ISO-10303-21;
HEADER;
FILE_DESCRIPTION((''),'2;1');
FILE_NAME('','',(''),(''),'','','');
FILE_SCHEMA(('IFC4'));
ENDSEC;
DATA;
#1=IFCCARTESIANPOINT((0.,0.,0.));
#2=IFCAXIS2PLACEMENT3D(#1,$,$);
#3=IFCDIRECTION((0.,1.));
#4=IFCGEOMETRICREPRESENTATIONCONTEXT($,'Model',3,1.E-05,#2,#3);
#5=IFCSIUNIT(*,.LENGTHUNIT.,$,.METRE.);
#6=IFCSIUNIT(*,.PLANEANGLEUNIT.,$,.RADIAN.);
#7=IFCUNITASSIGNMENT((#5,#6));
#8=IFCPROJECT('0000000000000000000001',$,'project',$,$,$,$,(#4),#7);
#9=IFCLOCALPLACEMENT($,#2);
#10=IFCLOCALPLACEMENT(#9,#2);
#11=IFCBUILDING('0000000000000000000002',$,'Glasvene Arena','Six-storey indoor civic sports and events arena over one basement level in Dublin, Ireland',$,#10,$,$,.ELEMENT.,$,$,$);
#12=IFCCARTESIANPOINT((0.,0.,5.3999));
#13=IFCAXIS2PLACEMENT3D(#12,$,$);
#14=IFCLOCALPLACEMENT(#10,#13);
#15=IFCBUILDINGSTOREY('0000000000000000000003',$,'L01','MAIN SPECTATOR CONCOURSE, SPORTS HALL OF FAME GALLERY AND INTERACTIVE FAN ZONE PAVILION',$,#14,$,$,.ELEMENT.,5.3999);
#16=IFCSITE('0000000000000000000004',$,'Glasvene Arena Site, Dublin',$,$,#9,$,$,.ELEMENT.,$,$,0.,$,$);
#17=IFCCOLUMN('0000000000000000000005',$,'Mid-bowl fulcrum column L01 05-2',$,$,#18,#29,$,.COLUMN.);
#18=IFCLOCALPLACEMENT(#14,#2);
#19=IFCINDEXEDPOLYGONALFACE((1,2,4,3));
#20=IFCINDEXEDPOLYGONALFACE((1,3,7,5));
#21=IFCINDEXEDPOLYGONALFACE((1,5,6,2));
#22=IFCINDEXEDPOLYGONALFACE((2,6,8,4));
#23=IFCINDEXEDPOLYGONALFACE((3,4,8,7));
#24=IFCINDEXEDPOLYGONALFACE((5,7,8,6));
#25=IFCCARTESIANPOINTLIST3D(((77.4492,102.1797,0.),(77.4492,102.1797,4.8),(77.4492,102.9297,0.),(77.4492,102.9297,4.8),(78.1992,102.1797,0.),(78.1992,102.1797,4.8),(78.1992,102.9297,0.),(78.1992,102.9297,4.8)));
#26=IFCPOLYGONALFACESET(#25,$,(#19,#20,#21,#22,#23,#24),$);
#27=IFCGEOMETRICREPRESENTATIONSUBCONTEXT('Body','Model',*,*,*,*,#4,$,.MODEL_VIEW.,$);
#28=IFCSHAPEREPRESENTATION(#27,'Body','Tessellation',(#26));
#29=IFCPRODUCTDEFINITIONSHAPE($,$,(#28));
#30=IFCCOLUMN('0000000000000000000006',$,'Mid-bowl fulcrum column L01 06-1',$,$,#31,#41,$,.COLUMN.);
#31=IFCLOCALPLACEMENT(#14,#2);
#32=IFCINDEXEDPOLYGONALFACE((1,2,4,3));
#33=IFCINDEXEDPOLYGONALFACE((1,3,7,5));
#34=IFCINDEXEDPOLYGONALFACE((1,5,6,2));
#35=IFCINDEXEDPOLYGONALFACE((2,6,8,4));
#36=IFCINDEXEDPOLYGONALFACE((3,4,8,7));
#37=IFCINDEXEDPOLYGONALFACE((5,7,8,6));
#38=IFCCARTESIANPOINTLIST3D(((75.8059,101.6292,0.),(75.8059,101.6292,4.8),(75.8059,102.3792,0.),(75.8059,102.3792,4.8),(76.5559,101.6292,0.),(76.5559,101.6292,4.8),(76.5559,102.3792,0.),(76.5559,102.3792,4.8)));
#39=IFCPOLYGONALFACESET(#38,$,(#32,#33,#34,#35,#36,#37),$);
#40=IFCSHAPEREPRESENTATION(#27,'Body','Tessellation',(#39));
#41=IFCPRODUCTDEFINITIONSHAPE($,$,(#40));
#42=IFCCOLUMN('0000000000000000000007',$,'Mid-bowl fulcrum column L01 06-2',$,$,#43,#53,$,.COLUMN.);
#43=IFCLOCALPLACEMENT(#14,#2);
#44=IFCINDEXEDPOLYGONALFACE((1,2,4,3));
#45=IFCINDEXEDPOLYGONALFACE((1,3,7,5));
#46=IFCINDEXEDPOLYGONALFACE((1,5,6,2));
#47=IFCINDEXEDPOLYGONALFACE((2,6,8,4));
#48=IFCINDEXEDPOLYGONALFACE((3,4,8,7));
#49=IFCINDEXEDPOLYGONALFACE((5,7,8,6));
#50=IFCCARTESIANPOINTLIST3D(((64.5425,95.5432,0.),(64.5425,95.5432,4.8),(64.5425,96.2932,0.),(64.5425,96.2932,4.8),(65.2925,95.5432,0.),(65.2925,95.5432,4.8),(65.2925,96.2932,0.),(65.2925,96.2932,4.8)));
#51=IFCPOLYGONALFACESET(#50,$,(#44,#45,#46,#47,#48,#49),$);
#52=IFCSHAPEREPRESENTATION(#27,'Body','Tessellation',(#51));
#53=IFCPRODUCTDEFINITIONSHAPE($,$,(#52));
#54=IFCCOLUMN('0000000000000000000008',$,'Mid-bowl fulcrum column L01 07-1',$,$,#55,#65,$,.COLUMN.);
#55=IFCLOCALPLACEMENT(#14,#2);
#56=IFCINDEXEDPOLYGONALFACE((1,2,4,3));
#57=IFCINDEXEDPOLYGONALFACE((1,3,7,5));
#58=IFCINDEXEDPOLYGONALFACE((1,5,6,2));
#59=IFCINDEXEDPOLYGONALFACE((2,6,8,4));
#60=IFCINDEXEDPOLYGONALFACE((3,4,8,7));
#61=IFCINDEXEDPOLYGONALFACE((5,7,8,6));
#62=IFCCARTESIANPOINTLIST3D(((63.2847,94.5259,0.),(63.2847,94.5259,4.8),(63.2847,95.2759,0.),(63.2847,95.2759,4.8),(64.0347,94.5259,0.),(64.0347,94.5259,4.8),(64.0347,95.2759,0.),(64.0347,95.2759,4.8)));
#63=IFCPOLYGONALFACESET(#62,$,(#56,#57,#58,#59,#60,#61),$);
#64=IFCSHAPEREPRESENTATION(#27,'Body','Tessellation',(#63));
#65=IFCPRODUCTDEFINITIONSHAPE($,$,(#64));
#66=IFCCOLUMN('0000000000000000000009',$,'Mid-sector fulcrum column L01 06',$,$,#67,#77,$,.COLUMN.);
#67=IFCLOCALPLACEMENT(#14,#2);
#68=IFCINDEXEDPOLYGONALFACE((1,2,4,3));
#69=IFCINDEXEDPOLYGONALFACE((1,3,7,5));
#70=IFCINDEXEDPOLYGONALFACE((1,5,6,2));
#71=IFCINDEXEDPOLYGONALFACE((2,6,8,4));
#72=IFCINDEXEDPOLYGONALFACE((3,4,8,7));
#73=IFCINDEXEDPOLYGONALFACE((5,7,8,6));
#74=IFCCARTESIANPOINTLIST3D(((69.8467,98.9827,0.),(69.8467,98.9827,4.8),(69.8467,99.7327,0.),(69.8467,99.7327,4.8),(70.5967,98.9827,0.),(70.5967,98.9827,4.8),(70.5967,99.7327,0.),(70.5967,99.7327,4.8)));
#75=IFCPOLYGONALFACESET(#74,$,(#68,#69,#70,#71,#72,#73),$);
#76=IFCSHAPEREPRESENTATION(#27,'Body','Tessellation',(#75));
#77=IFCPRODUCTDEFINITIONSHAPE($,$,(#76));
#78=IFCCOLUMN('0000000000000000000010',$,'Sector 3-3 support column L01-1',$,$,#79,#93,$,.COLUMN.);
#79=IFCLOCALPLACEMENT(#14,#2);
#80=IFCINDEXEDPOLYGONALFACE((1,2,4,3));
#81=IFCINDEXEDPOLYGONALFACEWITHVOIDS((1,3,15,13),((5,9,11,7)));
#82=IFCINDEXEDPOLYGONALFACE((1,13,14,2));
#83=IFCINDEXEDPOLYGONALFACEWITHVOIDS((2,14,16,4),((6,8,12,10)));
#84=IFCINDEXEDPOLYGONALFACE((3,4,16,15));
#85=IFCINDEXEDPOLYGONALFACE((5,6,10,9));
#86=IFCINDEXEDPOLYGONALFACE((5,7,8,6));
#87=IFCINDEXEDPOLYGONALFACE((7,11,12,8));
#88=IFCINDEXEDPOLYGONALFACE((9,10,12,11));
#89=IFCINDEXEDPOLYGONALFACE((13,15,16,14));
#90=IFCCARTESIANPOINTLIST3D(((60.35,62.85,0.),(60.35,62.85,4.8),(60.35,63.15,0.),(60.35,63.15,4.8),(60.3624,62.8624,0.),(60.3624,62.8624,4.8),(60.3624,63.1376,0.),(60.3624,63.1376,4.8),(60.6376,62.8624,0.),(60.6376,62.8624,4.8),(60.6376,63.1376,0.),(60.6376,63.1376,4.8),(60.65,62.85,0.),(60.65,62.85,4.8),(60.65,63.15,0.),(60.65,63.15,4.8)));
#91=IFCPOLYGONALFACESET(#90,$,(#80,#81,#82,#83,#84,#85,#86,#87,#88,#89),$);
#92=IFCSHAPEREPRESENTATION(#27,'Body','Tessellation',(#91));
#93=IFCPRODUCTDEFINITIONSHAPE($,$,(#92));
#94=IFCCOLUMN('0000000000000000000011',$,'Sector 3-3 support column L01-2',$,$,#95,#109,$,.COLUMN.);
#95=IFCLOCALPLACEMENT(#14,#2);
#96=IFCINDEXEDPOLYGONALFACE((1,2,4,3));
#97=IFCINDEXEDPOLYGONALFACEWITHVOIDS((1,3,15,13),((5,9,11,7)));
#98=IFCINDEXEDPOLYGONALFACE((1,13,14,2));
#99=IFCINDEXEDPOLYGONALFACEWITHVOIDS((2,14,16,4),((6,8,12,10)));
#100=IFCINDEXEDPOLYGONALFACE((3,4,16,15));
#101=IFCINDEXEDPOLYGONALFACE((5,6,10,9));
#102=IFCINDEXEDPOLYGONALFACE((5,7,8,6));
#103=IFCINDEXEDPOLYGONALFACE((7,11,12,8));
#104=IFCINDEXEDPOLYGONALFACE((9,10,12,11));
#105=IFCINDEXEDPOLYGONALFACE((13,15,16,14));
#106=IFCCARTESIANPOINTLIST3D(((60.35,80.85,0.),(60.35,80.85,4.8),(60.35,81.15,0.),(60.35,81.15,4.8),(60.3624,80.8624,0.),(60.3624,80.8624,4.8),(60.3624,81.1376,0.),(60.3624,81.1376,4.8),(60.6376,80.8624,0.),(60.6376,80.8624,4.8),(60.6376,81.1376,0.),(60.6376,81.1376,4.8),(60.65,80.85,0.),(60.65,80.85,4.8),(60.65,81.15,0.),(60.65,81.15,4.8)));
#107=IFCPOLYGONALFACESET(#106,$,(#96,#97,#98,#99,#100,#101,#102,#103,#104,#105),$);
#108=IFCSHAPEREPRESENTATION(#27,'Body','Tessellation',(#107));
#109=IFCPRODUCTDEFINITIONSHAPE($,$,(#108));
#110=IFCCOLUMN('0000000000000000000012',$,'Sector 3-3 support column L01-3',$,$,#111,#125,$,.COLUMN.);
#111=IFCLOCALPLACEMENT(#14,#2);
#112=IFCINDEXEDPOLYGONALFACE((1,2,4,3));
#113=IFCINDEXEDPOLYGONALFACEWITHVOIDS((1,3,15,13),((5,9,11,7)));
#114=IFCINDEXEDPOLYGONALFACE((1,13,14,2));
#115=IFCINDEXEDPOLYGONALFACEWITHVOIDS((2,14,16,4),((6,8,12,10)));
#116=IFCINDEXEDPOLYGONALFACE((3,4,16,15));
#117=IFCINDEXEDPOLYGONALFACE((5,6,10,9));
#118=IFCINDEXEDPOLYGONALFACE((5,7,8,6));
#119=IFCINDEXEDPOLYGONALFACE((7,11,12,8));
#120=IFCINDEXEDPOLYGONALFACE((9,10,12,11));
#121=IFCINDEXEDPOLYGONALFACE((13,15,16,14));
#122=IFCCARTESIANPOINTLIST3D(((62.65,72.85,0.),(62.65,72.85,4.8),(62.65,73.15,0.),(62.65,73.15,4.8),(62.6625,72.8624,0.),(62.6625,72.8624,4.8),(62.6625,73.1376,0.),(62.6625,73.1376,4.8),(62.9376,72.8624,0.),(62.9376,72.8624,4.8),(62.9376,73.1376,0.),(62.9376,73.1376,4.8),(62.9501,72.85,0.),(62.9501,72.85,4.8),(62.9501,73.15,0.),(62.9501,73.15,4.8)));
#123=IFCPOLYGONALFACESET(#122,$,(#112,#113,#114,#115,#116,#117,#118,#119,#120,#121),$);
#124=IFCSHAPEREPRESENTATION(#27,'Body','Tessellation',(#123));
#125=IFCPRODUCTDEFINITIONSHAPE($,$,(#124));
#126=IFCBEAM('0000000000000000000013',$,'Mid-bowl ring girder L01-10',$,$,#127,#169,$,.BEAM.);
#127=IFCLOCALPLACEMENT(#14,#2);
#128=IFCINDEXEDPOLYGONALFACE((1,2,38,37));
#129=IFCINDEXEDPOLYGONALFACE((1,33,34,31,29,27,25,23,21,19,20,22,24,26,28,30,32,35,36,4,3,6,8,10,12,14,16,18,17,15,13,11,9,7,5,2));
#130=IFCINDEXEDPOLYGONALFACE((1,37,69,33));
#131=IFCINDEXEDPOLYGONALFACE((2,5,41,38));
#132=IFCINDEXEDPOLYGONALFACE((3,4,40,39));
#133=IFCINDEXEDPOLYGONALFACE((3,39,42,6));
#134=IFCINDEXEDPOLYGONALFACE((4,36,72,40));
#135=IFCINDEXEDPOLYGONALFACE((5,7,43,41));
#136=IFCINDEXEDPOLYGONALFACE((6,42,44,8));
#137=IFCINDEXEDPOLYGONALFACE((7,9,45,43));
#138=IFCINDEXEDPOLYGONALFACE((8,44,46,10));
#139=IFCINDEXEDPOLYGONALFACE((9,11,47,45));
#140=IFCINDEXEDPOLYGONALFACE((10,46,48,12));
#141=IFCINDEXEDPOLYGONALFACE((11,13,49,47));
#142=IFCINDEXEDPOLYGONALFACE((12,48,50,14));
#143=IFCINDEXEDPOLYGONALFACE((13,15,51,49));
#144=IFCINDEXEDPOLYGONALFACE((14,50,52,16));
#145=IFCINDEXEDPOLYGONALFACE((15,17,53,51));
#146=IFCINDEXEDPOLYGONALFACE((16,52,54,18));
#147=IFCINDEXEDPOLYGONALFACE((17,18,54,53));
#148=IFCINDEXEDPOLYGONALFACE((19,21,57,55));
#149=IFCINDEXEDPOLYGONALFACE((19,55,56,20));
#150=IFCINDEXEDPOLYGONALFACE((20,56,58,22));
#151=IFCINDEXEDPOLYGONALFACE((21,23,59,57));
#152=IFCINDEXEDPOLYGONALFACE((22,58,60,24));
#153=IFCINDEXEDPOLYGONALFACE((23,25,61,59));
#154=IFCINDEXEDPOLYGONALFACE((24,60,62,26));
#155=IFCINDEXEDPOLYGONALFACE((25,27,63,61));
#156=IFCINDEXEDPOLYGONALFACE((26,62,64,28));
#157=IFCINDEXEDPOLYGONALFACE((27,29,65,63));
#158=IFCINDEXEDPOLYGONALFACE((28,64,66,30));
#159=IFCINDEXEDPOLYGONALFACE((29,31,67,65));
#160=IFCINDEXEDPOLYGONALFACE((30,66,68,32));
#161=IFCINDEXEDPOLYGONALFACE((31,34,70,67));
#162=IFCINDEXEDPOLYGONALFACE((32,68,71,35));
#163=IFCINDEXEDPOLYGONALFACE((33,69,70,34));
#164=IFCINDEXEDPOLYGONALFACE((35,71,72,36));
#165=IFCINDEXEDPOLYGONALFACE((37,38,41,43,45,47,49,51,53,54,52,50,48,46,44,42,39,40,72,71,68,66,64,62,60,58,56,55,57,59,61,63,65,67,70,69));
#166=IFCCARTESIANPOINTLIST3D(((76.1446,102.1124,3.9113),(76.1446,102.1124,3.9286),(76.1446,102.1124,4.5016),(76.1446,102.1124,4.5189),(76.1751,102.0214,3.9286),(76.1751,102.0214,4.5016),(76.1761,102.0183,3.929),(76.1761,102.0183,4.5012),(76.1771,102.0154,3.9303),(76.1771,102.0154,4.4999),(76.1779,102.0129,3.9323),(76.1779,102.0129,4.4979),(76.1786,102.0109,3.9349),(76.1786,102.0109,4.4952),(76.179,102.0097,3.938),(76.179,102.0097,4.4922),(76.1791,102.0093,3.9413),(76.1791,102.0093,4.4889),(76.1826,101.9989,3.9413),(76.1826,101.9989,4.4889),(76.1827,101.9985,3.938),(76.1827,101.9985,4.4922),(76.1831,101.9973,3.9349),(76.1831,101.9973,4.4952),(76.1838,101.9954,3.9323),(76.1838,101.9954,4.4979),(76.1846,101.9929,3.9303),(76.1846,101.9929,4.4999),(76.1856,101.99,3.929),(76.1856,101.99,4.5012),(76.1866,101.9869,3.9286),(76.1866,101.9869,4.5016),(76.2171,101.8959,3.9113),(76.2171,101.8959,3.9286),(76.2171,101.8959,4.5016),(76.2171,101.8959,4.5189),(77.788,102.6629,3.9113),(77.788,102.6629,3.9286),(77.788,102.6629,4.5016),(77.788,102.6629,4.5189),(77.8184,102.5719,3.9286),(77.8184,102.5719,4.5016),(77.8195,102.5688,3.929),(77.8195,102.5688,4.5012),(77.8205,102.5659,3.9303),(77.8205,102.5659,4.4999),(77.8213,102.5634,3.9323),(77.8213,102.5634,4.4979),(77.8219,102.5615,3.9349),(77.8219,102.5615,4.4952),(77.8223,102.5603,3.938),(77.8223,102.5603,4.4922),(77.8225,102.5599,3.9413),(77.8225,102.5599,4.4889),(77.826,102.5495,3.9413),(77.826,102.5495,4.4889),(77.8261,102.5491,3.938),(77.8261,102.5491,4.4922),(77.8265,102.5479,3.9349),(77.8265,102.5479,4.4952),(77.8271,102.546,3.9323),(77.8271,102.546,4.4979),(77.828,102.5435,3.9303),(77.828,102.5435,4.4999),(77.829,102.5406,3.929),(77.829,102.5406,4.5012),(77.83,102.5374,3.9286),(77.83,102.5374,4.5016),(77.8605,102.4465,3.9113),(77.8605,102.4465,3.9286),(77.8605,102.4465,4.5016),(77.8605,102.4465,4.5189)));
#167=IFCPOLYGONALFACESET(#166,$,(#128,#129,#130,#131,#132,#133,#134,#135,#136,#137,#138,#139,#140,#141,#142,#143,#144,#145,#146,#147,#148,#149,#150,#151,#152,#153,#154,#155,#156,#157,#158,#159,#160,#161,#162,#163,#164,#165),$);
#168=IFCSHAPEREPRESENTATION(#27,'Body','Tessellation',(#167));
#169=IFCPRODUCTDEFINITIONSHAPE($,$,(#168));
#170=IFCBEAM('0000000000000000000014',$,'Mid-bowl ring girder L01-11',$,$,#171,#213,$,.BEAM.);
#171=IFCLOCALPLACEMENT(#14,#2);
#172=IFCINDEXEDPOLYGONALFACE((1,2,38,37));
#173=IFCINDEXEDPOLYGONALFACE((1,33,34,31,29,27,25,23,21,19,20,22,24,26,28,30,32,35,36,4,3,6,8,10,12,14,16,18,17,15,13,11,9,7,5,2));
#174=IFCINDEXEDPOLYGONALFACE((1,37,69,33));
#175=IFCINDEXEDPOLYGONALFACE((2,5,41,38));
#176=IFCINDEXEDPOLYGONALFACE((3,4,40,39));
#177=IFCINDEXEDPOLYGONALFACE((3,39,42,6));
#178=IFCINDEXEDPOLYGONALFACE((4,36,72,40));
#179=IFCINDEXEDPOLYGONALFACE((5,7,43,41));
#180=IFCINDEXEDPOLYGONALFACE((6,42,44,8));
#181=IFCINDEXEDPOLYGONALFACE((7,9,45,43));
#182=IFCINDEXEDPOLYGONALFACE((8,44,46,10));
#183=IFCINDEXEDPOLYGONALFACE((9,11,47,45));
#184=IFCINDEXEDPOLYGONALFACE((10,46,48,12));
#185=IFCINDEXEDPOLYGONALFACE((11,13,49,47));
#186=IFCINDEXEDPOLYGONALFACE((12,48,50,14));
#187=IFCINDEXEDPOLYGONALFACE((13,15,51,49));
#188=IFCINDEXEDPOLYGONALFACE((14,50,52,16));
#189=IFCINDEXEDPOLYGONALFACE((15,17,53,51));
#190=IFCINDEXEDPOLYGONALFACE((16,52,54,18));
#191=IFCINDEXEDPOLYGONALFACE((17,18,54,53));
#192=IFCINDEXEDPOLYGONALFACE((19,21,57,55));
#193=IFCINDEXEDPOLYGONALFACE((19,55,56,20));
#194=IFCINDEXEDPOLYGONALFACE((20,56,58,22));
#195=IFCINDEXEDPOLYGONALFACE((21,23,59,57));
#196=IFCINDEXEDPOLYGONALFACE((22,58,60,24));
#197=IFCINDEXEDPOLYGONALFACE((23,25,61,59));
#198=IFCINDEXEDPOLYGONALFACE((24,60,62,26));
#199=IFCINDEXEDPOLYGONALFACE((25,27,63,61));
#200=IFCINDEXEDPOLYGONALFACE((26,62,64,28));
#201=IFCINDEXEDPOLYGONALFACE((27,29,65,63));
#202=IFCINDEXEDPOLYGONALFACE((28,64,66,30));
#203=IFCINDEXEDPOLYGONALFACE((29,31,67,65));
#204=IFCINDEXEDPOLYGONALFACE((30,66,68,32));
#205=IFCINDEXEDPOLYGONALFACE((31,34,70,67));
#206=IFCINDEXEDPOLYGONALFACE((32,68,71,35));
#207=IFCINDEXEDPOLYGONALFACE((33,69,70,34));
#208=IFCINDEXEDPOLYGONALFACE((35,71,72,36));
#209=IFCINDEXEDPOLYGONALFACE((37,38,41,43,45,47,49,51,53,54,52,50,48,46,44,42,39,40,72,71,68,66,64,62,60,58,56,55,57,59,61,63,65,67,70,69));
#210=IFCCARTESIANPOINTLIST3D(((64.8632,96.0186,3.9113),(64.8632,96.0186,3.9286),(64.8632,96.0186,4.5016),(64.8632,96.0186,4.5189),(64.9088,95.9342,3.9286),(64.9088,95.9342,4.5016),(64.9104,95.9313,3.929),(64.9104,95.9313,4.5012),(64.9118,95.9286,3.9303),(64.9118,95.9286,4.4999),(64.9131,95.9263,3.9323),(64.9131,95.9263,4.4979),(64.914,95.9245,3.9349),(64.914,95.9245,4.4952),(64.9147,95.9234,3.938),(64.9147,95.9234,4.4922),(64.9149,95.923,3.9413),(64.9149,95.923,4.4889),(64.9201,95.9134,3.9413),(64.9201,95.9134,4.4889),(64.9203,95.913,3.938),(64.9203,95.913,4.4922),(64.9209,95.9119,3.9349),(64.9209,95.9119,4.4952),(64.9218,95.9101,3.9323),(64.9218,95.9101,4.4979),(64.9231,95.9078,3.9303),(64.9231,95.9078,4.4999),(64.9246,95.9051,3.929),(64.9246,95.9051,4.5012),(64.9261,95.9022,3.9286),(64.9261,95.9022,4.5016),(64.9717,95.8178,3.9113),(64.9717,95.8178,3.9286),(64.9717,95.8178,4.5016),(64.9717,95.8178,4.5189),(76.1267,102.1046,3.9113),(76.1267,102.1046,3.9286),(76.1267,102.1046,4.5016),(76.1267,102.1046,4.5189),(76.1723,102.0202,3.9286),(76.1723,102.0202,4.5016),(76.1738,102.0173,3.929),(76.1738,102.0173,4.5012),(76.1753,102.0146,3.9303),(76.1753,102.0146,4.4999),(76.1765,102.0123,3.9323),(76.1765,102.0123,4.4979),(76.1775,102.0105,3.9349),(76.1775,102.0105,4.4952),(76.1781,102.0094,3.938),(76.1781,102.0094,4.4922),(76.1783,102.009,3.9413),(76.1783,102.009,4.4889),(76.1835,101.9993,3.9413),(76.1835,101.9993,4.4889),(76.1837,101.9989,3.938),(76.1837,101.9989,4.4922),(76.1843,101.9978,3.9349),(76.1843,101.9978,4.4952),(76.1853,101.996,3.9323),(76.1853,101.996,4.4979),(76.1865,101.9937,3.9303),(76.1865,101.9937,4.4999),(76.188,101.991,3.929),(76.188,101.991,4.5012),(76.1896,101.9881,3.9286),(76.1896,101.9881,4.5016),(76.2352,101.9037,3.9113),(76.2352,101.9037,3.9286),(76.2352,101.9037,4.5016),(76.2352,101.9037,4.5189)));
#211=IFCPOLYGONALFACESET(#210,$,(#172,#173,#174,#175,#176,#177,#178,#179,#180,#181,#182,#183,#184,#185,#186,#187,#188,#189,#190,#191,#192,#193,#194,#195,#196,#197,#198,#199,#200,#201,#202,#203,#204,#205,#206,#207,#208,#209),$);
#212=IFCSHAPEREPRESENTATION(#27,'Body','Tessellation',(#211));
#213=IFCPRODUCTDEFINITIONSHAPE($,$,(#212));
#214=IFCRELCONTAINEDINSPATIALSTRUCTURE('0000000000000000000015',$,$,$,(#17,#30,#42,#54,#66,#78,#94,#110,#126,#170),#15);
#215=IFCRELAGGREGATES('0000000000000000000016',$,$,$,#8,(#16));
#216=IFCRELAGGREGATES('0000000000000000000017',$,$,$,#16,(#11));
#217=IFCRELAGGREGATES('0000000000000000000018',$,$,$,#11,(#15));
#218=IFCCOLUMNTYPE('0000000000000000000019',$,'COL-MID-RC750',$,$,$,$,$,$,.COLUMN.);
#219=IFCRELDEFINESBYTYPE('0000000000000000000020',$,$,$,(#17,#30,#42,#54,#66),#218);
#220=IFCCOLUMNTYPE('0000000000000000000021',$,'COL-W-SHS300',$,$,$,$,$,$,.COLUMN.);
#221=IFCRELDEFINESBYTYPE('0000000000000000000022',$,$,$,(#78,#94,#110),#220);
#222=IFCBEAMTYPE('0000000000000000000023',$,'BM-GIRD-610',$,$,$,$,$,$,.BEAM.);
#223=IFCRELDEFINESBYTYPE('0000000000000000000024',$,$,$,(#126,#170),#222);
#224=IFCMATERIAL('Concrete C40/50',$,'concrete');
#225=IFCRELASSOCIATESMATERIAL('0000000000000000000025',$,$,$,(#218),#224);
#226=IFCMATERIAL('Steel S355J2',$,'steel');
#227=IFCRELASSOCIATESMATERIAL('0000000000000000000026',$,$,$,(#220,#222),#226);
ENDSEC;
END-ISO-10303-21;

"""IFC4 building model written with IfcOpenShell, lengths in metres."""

from ifc_helpers import new_model, si_unit, direction, frame, origin, origin_2d, place, context, subcontext, project, spatial, rectangle, hollow_rectangle, i_section, extrude, material, material_profile, profile_set, type_object, element, save


model = new_model("IFC4")

# Units and contexts
model_context = context("Model", 3, precision=1e-05, world=origin(), true_north=direction((0.0, 1.0)))
body_context = subcontext(model_context, "Body", "Model", "MODEL_VIEW")
ifc_project = project(units=[si_unit("LENGTHUNIT", "METRE"), si_unit("PLANEANGLEUNIT", "RADIAN")], contexts=[model_context])

# Site, building, storey
site_placement = place(None, origin())
site = spatial("IfcSite", under=ifc_project, at=site_placement, Name="Glasvene Arena Site, Dublin", CompositionType="ELEMENT", RefElevation=0.0)
building_placement = place(site_placement, origin())
building = spatial("IfcBuilding", under=site, at=building_placement, Name="Glasvene Arena", Description="Six-storey indoor civic sports and events arena over one basement level in Dublin, Ireland", CompositionType="ELEMENT")
storey_placement = place(building_placement, frame((0.0, 0.0, 5.3999)))
storey = spatial("IfcBuildingStorey", under=building, at=storey_placement, Name="L01", Description="MAIN SPECTATOR CONCOURSE, SPORTS HALL OF FAME GALLERY AND INTERACTIVE FAN ZONE PAVILION", CompositionType="ELEMENT", Elevation=5.3999)

# Columns
ifc_material_1 = material(Name="Concrete C40/50", Category="concrete")
ifc_material_profile_1 = material_profile(ifc_material_1, rectangle(XDim=0.75, YDim=0.75, at=origin_2d()), Name="RC 750x750")
ifc_profile_set_1 = profile_set([ifc_material_profile_1], Name="Concrete C40/50")
column_type_1 = type_object("IfcColumnType", Name="COL-MID-RC750", PredefinedType="COLUMN", material=ifc_profile_set_1)
for number, where, z_axis, x_axis, name in (
    (1, (77.8242, 102.5547, 0.0), (0.0, 0.0, 1.0), (1.0, 0.0, 0.0), "Mid-bowl fulcrum column L01 05-2"),
    (2, (76.1809, 102.0042, 0.0), (0.0, 0.0, 1.0), (1.0, 0.0, 0.0), "Mid-bowl fulcrum column L01 06-1"),
    (3, (64.9175, 95.9182, 0.0), (0.0, 0.0, 1.0), (1.0, 0.0, 0.0), "Mid-bowl fulcrum column L01 06-2"),
    (4, (63.6597, 94.9009, 0.0), (0.0, 0.0, 1.0), (1.0, 0.0, 0.0), "Mid-bowl fulcrum column L01 07-1"),
    (5, (70.2217, 99.3577, 0.0), (0.0, 0.0, 1.0), (1.0, 0.0, 0.0), "Mid-sector fulcrum column L01 06"),
):
    element("IfcColumn", number, at=place(storey_placement, frame(where, z_axis=z_axis, x_axis=x_axis)), inside=storey, type_object=column_type_1, Name=name, PredefinedType="COLUMN", context=body_context, shape_type="SweptSolid", body=[
        extrude(rectangle(XDim=0.75, YDim=0.75, at=origin_2d()), origin(), (0.0, 0.0, 1.0), 4.8),
    ])
ifc_material_2 = material(Name="Steel S355J2", Category="steel")
ifc_material_profile_2 = material_profile(ifc_material_2, hollow_rectangle(XDim=0.3, YDim=0.3, WallThickness=0.0125, at=origin_2d()), Name="SHS 300x300x12.5")
ifc_profile_set_2 = profile_set([ifc_material_profile_2], Name="Steel S355J2")
column_type_2 = type_object("IfcColumnType", Name="COL-W-SHS300", PredefinedType="COLUMN", material=ifc_profile_set_2)
for number, where, z_axis, x_axis, name in (
    (6, (60.5, 63.0, 0.0), (0.0, 0.0, 1.0), (1.0, 0.0, 0.0), "Sector 3-3 support column L01-1"),
    (7, (60.5, 81.0, 0.0), (0.0, 0.0, 1.0), (1.0, 0.0, 0.0), "Sector 3-3 support column L01-2"),
    (8, (62.8, 73.0, 0.0), (0.0, 0.0, 1.0), (1.0, 0.0, 0.0), "Sector 3-3 support column L01-3"),
):
    element("IfcColumn", number, at=place(storey_placement, frame(where, z_axis=z_axis, x_axis=x_axis)), inside=storey, type_object=column_type_2, Name=name, PredefinedType="COLUMN", context=body_context, shape_type="SweptSolid", body=[
        extrude(hollow_rectangle(XDim=0.3, YDim=0.3, WallThickness=0.0125, at=origin_2d()), origin(), (0.0, 0.0, 1.0), 4.8),
    ])

# Beams
ifc_material_profile_3 = material_profile(ifc_material_2, i_section(OverallWidth=0.2283, OverallDepth=0.6077, WebThickness=0.011, FlangeThickness=0.0173, FilletRadius=0.0127, at=origin_2d()), Name="UKB 610x229x113")
ifc_profile_set_3 = profile_set([ifc_material_profile_3], Name="Steel S355J2")
beam_type_1 = type_object("IfcBeamType", Name="BM-GIRD-610", PredefinedType="BEAM", material=ifc_profile_set_3)
beam_1_placement = place(storey_placement, frame((77.8242, 102.5547, 4.2151), z_axis=(-0.948203, -0.317664, 0.0), x_axis=(0.317664, -0.948203, 0.0)))
element("IfcBeam", 9, at=beam_1_placement, inside=storey, type_object=beam_type_1, Name="Mid-bowl ring girder L01-10", PredefinedType="BEAM", context=body_context, shape_type="SweptSolid", body=[
    extrude(i_section(OverallWidth=0.2283, OverallDepth=0.6077, WebThickness=0.011, FlangeThickness=0.0173, FilletRadius=0.0127, at=origin_2d()), origin(), (0.0, 0.0, 1.0), 1.7332),
])
beam_2_placement = place(storey_placement, frame((76.1809, 102.0042, 4.2151), z_axis=(-0.879785, -0.475372, 0.0), x_axis=(0.475372, -0.879785, 0.0)))
element("IfcBeam", 10, at=beam_2_placement, inside=storey, type_object=beam_type_1, Name="Mid-bowl ring girder L01-11", PredefinedType="BEAM", context=body_context, shape_type="SweptSolid", body=[
    extrude(i_section(OverallWidth=0.2283, OverallDepth=0.6077, WebThickness=0.011, FlangeThickness=0.0173, FilletRadius=0.0127, at=origin_2d()), origin(), (0.0, 0.0, 1.0), 12.8025),
])

save(model, "model.ifc")
